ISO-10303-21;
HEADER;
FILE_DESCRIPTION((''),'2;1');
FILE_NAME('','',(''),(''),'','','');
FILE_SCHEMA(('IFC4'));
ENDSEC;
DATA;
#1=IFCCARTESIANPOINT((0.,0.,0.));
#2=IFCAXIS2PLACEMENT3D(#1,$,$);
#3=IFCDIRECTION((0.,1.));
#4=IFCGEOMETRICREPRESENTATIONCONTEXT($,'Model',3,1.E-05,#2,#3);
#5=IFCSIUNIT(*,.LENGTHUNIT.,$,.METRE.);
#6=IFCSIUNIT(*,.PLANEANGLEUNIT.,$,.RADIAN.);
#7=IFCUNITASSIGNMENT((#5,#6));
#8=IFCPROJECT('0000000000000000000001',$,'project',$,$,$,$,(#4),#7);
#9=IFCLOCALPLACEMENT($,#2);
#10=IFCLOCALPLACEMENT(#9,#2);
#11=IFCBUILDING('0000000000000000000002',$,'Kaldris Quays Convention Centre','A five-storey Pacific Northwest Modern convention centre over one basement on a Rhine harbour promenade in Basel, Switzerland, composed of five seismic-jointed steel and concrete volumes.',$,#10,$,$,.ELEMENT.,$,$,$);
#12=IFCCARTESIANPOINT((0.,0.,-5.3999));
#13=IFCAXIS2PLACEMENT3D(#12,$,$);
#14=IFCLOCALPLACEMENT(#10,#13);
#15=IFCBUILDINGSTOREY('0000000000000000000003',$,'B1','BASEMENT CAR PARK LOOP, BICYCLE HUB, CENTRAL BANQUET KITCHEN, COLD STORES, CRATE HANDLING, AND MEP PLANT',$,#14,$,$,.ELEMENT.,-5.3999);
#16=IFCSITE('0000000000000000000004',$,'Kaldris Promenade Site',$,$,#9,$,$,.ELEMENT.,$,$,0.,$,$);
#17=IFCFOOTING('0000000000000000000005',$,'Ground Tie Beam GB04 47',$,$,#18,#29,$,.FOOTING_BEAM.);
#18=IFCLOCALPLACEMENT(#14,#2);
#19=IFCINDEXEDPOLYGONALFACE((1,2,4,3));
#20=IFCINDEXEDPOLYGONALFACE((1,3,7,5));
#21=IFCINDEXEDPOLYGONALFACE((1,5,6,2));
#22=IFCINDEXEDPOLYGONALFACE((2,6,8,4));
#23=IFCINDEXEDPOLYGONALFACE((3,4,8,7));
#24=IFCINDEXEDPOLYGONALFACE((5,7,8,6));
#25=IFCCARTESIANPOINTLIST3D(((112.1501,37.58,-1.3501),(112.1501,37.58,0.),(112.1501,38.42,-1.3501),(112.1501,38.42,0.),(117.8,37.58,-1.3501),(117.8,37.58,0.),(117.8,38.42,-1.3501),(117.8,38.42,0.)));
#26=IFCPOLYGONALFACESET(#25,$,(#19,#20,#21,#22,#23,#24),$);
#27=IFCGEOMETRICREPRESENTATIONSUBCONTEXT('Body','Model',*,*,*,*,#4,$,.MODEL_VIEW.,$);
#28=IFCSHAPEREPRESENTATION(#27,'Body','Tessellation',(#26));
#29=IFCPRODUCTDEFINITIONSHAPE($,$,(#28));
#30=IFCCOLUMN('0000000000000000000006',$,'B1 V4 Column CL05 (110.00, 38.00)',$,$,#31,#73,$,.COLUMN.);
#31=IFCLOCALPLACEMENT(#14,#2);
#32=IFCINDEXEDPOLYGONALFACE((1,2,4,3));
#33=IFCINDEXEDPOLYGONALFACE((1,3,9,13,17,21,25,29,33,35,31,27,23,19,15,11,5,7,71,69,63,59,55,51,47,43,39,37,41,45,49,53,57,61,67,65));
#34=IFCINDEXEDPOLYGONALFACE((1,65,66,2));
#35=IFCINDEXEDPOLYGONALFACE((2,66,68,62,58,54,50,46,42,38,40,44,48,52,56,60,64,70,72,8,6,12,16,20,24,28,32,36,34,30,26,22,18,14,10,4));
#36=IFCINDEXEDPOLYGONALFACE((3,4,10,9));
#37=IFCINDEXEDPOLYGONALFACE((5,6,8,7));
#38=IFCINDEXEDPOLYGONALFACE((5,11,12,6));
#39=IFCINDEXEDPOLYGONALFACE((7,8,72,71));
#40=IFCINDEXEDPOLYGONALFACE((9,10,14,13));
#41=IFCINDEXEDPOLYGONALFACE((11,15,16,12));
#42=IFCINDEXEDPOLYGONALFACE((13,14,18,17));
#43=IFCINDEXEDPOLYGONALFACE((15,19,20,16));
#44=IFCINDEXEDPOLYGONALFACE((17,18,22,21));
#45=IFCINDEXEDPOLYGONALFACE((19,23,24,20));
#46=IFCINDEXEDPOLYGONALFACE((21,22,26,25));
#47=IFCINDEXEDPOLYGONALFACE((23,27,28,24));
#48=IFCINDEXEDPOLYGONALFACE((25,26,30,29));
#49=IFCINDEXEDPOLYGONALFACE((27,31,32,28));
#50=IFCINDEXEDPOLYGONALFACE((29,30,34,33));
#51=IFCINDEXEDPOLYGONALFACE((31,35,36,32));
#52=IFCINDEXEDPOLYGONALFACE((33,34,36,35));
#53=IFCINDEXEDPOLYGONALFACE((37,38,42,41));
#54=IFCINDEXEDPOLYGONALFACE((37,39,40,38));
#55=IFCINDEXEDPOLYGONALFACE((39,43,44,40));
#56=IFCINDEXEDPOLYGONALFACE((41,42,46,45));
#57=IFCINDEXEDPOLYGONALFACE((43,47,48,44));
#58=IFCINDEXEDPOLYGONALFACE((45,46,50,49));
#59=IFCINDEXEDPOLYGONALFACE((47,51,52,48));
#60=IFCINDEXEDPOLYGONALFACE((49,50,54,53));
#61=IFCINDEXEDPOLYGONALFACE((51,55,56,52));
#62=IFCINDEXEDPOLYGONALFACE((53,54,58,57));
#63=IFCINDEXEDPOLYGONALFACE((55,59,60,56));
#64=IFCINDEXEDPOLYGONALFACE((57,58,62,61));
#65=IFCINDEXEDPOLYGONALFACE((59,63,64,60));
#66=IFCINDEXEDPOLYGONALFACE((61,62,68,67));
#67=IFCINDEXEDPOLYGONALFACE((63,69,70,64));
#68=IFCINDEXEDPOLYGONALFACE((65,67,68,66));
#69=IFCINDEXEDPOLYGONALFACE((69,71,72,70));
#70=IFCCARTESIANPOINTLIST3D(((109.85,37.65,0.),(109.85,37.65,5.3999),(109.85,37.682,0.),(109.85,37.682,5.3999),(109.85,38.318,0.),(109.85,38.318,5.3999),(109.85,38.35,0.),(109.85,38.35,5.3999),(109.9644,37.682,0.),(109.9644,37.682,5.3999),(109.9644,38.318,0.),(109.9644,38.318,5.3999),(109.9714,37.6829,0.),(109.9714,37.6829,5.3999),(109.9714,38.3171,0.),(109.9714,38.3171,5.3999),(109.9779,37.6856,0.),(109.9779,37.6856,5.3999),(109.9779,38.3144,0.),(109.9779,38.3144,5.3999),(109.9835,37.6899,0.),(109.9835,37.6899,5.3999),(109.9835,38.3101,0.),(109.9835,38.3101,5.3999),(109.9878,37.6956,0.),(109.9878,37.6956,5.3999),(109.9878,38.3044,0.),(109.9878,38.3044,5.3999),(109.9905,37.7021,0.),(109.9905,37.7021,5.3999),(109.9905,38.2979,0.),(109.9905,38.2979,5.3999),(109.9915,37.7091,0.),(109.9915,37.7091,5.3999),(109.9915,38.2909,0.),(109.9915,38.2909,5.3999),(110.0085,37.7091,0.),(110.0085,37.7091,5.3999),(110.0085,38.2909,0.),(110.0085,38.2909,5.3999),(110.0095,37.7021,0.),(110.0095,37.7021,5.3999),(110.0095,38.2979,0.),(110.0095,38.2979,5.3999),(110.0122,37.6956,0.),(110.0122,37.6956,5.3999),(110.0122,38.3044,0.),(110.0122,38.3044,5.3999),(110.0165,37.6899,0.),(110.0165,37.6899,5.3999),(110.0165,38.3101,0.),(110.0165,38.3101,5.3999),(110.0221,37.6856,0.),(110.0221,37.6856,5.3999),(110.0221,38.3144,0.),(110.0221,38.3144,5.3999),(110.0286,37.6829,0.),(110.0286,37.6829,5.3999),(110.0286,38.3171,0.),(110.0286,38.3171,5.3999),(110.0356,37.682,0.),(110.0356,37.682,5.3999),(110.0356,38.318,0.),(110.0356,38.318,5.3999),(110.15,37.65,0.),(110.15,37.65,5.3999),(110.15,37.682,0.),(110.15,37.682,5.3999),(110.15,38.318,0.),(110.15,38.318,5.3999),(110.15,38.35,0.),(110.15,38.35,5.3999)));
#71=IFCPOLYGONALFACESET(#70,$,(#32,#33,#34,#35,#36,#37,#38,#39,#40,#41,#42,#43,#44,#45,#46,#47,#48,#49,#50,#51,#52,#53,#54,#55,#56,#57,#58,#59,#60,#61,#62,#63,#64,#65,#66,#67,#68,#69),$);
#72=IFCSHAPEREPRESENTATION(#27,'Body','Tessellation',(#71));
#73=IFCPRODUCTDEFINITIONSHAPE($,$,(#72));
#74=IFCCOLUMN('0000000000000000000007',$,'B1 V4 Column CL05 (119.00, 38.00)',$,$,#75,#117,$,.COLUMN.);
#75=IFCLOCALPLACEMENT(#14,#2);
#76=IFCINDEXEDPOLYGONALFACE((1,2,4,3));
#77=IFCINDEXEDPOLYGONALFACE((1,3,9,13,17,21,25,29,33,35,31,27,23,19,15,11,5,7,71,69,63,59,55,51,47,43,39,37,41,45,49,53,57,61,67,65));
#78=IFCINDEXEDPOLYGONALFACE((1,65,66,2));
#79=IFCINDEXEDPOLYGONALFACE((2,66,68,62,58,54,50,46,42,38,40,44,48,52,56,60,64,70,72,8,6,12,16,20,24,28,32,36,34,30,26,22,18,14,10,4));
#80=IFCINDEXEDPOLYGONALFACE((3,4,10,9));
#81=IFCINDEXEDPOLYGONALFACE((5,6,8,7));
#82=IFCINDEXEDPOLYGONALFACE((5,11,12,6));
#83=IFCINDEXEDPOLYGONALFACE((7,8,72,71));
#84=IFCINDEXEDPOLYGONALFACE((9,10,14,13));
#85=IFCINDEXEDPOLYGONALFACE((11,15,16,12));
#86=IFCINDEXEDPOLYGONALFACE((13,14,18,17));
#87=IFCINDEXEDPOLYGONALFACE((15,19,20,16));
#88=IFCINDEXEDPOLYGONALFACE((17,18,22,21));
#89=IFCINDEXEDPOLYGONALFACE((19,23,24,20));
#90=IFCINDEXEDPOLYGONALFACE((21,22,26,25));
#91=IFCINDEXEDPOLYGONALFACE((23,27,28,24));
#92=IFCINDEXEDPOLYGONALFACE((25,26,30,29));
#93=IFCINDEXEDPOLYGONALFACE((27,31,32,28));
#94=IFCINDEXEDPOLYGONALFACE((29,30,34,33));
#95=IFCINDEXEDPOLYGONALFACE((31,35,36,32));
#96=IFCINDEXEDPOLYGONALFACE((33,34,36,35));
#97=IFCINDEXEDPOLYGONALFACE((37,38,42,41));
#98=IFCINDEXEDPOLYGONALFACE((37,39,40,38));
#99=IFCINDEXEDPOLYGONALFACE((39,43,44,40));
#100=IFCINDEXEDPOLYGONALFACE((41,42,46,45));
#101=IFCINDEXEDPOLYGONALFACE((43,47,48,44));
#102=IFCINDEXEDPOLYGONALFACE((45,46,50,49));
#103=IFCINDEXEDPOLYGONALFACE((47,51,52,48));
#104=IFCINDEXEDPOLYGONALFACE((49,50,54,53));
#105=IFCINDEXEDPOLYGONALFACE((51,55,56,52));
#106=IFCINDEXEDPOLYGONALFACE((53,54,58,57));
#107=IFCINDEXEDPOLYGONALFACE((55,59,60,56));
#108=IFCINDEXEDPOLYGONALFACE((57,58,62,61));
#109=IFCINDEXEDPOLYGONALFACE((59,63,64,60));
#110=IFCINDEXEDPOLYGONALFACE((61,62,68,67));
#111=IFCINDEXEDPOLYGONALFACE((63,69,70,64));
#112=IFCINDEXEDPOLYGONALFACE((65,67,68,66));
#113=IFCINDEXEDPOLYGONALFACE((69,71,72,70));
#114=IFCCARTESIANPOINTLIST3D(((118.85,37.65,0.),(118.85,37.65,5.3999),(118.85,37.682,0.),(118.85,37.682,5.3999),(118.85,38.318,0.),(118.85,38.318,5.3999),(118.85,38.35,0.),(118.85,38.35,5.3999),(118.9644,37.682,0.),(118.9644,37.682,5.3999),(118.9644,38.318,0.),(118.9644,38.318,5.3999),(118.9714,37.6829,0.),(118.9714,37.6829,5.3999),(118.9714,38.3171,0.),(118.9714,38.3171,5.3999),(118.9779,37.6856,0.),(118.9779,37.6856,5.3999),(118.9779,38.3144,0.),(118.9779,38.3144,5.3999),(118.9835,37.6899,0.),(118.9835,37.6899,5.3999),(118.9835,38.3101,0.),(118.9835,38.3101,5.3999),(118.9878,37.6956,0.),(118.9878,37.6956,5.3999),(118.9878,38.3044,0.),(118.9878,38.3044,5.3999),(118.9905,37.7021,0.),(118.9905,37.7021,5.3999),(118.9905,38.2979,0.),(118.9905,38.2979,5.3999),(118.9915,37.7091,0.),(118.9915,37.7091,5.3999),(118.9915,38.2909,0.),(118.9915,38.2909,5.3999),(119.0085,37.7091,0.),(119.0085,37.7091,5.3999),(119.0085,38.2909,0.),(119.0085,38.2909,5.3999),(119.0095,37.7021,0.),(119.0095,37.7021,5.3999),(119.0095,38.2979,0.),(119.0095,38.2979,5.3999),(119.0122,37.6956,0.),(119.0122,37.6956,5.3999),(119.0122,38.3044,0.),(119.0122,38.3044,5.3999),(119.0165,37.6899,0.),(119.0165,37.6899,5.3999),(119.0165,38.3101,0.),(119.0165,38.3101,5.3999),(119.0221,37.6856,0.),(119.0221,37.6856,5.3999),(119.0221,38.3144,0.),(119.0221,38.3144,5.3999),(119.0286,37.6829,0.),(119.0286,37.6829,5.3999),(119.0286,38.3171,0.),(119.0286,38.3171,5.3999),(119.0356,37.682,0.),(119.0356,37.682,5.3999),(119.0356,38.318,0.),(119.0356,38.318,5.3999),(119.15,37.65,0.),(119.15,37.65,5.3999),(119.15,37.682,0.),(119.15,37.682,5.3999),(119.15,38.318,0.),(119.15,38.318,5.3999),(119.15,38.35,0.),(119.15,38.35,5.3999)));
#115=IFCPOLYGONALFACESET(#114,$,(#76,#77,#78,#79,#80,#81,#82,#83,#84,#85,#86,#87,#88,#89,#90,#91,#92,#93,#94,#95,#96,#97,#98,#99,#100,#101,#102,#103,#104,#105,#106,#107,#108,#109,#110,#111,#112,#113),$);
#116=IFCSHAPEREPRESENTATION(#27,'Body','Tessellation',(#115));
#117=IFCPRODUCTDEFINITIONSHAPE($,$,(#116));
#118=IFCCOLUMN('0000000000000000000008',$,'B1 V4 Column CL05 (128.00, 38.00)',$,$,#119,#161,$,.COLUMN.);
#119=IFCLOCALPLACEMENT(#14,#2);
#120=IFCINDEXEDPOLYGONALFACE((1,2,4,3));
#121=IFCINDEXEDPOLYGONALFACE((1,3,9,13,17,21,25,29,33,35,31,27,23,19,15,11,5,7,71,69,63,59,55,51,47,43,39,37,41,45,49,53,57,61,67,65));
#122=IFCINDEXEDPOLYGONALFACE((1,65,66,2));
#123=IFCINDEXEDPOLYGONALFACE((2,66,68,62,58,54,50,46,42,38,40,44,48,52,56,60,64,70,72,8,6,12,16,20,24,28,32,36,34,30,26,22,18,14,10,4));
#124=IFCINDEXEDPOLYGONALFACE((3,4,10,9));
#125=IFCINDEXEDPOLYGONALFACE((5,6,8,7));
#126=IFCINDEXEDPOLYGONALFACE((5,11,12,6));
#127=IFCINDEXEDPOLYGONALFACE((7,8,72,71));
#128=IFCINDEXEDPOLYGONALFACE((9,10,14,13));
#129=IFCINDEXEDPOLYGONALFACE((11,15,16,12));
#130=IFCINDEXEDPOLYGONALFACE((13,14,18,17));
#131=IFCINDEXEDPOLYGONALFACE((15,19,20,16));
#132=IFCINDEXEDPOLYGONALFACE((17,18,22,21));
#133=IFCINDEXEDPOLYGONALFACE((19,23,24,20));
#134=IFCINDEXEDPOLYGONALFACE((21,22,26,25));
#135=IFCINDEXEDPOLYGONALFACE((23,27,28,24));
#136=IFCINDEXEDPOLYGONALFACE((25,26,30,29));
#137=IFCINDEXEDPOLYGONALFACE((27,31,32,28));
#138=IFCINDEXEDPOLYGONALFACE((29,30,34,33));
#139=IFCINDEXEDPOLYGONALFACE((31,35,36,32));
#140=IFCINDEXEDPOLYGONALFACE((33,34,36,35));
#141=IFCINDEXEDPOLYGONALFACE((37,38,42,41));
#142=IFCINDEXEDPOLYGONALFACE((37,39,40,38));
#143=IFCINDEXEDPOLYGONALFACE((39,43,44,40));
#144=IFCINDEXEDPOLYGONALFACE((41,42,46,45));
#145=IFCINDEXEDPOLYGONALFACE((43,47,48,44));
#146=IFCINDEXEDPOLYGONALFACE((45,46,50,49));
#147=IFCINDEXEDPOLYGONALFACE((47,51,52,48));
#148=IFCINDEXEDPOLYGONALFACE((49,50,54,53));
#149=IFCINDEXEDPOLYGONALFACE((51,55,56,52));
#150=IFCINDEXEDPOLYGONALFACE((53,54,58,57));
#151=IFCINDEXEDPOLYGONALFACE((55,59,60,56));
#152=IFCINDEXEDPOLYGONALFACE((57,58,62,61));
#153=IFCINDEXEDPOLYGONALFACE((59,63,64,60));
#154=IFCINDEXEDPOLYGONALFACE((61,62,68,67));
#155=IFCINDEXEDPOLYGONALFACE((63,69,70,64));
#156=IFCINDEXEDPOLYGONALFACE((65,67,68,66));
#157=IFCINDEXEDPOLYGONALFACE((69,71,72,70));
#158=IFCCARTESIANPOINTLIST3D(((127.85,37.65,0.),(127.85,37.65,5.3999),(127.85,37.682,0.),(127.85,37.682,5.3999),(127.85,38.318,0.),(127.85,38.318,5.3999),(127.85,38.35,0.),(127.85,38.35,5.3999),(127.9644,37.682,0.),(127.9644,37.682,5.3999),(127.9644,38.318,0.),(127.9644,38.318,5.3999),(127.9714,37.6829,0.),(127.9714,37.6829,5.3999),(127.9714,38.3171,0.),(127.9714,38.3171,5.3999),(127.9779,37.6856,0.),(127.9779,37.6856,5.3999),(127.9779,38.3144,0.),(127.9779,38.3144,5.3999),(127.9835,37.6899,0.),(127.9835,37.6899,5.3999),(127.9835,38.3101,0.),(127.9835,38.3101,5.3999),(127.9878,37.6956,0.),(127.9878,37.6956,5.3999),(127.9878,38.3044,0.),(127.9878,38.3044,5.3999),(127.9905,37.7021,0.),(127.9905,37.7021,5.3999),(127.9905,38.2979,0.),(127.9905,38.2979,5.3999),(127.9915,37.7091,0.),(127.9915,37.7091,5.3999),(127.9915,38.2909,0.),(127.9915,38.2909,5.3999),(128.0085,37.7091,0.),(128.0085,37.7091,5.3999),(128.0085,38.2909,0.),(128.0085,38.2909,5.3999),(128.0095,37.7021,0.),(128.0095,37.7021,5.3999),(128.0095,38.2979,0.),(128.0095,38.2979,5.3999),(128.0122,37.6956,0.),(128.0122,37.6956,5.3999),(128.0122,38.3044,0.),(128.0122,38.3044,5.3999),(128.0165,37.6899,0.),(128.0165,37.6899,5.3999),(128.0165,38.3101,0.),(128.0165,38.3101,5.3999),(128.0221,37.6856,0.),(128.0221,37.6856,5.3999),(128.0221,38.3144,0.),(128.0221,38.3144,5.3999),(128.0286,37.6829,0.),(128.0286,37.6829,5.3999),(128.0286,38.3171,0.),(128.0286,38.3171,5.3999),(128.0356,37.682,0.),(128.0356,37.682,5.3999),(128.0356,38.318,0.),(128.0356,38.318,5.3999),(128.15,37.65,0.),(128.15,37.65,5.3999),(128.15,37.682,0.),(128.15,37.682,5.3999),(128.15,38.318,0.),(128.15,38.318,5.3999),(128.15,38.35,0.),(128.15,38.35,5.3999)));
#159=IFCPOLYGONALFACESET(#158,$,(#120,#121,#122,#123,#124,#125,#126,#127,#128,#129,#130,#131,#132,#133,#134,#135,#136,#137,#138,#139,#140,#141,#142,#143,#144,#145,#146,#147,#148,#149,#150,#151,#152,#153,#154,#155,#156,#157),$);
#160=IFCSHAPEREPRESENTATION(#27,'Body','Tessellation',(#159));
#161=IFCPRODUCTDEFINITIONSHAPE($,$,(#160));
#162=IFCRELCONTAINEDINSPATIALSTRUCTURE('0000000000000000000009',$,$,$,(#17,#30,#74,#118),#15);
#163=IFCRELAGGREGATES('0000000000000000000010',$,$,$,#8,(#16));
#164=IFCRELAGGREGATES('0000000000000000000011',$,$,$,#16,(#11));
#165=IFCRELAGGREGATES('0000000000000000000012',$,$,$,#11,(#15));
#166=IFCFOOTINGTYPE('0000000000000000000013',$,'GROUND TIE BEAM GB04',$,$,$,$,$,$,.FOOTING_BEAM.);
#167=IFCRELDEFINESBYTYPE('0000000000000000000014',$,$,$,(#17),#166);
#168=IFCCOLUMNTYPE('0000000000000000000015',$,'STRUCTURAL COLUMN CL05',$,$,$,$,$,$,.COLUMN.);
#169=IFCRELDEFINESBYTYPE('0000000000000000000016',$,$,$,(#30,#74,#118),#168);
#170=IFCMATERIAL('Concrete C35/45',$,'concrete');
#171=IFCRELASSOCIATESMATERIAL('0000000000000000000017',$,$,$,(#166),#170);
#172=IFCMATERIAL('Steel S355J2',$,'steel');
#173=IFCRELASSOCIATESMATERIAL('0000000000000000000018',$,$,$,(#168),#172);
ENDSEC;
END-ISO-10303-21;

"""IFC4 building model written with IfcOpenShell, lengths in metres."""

from ifc_helpers import new_model, si_unit, direction, frame, origin, origin_2d, place, context, subcontext, project, spatial, rectangle, i_section, extrude, material, material_profile, profile_set, type_object, element, save


model = new_model("IFC4")

# Units and contexts
model_context = context("Model", 3, precision=1e-05, world=origin(), true_north=direction((0.0, 1.0)))
body_context = subcontext(model_context, "Body", "Model", "MODEL_VIEW")
ifc_project = project(units=[si_unit("LENGTHUNIT", "METRE"), si_unit("PLANEANGLEUNIT", "RADIAN")], contexts=[model_context])

# Site, building, storey
site_placement = place(None, origin())
site = spatial("IfcSite", under=ifc_project, at=site_placement, Name="Kaldris Promenade Site", CompositionType="ELEMENT", RefElevation=0.0)
building_placement = place(site_placement, origin())
building = spatial("IfcBuilding", under=site, at=building_placement, Name="Kaldris Quays Convention Centre", Description="A five-storey Pacific Northwest Modern convention centre over one basement on a Rhine harbour promenade in Basel, Switzerland, composed of five seismic-jointed steel and concrete volumes.", CompositionType="ELEMENT")
storey_placement = place(building_placement, frame((0.0, 0.0, -5.3999)))
storey = spatial("IfcBuildingStorey", under=building, at=storey_placement, Name="B1", Description="BASEMENT CAR PARK LOOP, BICYCLE HUB, CENTRAL BANQUET KITCHEN, COLD STORES, CRATE HANDLING, AND MEP PLANT", CompositionType="ELEMENT", Elevation=-5.3999)

# Shared definitions
ifc_material_1 = material(Name="Concrete C35/45", Category="concrete")

# Footing
footing_type_1 = type_object("IfcFootingType", Name="GROUND TIE BEAM GB04", PredefinedType="FOOTING_BEAM", material=ifc_material_1)
footing_1_placement = place(storey_placement, frame((114.9751, 38.0, -1.3501), z_axis=(0.0, 0.0, 1.0), x_axis=(1.0, 0.0, 0.0)))
element("IfcFooting", 1, at=footing_1_placement, inside=storey, type_object=footing_type_1, Name="Ground Tie Beam GB04 47", PredefinedType="FOOTING_BEAM", context=body_context, shape_type="SweptSolid", body=[
    extrude(rectangle(XDim=5.6499, YDim=0.8401, at=origin_2d()), origin(), (0.0, 0.0, 1.0), 1.3501),
])

# Columns
ifc_material_2 = material(Name="Steel S355J2", Category="steel")
ifc_material_profile_1 = material_profile(ifc_material_2, i_section(OverallWidth=0.3, OverallDepth=0.7, WebThickness=0.0171, FlangeThickness=0.032, FilletRadius=0.0271, at=origin_2d()), Name="HEB 700")
ifc_profile_set_1 = profile_set([ifc_material_profile_1], Name="Steel S355J2")
column_type = type_object("IfcColumnType", Name="STRUCTURAL COLUMN CL05", PredefinedType="COLUMN", material=ifc_profile_set_1)
for number, where, z_axis, x_axis, name in (
    (2, (110.0, 38.0, 0.0), (0.0, 0.0, 1.0), (1.0, 0.0, 0.0), "B1 V4 Column CL05 (110.00, 38.00)"),
    (3, (119.0, 38.0, 0.0), (0.0, 0.0, 1.0), (1.0, 0.0, 0.0), "B1 V4 Column CL05 (119.00, 38.00)"),
    (4, (128.0, 38.0, 0.0), (0.0, 0.0, 1.0), (1.0, 0.0, 0.0), "B1 V4 Column CL05 (128.00, 38.00)"),
):
    element("IfcColumn", number, at=place(storey_placement, frame(where, z_axis=z_axis, x_axis=x_axis)), inside=storey, type_object=column_type, Name=name, PredefinedType="COLUMN", context=body_context, shape_type="SweptSolid", body=[
        extrude(i_section(OverallWidth=0.3, OverallDepth=0.7, WebThickness=0.0171, FlangeThickness=0.032, FilletRadius=0.0271, at=origin_2d()), origin(), (0.0, 0.0, 1.0), 5.3999),
    ])

save(model, "model.ifc")
